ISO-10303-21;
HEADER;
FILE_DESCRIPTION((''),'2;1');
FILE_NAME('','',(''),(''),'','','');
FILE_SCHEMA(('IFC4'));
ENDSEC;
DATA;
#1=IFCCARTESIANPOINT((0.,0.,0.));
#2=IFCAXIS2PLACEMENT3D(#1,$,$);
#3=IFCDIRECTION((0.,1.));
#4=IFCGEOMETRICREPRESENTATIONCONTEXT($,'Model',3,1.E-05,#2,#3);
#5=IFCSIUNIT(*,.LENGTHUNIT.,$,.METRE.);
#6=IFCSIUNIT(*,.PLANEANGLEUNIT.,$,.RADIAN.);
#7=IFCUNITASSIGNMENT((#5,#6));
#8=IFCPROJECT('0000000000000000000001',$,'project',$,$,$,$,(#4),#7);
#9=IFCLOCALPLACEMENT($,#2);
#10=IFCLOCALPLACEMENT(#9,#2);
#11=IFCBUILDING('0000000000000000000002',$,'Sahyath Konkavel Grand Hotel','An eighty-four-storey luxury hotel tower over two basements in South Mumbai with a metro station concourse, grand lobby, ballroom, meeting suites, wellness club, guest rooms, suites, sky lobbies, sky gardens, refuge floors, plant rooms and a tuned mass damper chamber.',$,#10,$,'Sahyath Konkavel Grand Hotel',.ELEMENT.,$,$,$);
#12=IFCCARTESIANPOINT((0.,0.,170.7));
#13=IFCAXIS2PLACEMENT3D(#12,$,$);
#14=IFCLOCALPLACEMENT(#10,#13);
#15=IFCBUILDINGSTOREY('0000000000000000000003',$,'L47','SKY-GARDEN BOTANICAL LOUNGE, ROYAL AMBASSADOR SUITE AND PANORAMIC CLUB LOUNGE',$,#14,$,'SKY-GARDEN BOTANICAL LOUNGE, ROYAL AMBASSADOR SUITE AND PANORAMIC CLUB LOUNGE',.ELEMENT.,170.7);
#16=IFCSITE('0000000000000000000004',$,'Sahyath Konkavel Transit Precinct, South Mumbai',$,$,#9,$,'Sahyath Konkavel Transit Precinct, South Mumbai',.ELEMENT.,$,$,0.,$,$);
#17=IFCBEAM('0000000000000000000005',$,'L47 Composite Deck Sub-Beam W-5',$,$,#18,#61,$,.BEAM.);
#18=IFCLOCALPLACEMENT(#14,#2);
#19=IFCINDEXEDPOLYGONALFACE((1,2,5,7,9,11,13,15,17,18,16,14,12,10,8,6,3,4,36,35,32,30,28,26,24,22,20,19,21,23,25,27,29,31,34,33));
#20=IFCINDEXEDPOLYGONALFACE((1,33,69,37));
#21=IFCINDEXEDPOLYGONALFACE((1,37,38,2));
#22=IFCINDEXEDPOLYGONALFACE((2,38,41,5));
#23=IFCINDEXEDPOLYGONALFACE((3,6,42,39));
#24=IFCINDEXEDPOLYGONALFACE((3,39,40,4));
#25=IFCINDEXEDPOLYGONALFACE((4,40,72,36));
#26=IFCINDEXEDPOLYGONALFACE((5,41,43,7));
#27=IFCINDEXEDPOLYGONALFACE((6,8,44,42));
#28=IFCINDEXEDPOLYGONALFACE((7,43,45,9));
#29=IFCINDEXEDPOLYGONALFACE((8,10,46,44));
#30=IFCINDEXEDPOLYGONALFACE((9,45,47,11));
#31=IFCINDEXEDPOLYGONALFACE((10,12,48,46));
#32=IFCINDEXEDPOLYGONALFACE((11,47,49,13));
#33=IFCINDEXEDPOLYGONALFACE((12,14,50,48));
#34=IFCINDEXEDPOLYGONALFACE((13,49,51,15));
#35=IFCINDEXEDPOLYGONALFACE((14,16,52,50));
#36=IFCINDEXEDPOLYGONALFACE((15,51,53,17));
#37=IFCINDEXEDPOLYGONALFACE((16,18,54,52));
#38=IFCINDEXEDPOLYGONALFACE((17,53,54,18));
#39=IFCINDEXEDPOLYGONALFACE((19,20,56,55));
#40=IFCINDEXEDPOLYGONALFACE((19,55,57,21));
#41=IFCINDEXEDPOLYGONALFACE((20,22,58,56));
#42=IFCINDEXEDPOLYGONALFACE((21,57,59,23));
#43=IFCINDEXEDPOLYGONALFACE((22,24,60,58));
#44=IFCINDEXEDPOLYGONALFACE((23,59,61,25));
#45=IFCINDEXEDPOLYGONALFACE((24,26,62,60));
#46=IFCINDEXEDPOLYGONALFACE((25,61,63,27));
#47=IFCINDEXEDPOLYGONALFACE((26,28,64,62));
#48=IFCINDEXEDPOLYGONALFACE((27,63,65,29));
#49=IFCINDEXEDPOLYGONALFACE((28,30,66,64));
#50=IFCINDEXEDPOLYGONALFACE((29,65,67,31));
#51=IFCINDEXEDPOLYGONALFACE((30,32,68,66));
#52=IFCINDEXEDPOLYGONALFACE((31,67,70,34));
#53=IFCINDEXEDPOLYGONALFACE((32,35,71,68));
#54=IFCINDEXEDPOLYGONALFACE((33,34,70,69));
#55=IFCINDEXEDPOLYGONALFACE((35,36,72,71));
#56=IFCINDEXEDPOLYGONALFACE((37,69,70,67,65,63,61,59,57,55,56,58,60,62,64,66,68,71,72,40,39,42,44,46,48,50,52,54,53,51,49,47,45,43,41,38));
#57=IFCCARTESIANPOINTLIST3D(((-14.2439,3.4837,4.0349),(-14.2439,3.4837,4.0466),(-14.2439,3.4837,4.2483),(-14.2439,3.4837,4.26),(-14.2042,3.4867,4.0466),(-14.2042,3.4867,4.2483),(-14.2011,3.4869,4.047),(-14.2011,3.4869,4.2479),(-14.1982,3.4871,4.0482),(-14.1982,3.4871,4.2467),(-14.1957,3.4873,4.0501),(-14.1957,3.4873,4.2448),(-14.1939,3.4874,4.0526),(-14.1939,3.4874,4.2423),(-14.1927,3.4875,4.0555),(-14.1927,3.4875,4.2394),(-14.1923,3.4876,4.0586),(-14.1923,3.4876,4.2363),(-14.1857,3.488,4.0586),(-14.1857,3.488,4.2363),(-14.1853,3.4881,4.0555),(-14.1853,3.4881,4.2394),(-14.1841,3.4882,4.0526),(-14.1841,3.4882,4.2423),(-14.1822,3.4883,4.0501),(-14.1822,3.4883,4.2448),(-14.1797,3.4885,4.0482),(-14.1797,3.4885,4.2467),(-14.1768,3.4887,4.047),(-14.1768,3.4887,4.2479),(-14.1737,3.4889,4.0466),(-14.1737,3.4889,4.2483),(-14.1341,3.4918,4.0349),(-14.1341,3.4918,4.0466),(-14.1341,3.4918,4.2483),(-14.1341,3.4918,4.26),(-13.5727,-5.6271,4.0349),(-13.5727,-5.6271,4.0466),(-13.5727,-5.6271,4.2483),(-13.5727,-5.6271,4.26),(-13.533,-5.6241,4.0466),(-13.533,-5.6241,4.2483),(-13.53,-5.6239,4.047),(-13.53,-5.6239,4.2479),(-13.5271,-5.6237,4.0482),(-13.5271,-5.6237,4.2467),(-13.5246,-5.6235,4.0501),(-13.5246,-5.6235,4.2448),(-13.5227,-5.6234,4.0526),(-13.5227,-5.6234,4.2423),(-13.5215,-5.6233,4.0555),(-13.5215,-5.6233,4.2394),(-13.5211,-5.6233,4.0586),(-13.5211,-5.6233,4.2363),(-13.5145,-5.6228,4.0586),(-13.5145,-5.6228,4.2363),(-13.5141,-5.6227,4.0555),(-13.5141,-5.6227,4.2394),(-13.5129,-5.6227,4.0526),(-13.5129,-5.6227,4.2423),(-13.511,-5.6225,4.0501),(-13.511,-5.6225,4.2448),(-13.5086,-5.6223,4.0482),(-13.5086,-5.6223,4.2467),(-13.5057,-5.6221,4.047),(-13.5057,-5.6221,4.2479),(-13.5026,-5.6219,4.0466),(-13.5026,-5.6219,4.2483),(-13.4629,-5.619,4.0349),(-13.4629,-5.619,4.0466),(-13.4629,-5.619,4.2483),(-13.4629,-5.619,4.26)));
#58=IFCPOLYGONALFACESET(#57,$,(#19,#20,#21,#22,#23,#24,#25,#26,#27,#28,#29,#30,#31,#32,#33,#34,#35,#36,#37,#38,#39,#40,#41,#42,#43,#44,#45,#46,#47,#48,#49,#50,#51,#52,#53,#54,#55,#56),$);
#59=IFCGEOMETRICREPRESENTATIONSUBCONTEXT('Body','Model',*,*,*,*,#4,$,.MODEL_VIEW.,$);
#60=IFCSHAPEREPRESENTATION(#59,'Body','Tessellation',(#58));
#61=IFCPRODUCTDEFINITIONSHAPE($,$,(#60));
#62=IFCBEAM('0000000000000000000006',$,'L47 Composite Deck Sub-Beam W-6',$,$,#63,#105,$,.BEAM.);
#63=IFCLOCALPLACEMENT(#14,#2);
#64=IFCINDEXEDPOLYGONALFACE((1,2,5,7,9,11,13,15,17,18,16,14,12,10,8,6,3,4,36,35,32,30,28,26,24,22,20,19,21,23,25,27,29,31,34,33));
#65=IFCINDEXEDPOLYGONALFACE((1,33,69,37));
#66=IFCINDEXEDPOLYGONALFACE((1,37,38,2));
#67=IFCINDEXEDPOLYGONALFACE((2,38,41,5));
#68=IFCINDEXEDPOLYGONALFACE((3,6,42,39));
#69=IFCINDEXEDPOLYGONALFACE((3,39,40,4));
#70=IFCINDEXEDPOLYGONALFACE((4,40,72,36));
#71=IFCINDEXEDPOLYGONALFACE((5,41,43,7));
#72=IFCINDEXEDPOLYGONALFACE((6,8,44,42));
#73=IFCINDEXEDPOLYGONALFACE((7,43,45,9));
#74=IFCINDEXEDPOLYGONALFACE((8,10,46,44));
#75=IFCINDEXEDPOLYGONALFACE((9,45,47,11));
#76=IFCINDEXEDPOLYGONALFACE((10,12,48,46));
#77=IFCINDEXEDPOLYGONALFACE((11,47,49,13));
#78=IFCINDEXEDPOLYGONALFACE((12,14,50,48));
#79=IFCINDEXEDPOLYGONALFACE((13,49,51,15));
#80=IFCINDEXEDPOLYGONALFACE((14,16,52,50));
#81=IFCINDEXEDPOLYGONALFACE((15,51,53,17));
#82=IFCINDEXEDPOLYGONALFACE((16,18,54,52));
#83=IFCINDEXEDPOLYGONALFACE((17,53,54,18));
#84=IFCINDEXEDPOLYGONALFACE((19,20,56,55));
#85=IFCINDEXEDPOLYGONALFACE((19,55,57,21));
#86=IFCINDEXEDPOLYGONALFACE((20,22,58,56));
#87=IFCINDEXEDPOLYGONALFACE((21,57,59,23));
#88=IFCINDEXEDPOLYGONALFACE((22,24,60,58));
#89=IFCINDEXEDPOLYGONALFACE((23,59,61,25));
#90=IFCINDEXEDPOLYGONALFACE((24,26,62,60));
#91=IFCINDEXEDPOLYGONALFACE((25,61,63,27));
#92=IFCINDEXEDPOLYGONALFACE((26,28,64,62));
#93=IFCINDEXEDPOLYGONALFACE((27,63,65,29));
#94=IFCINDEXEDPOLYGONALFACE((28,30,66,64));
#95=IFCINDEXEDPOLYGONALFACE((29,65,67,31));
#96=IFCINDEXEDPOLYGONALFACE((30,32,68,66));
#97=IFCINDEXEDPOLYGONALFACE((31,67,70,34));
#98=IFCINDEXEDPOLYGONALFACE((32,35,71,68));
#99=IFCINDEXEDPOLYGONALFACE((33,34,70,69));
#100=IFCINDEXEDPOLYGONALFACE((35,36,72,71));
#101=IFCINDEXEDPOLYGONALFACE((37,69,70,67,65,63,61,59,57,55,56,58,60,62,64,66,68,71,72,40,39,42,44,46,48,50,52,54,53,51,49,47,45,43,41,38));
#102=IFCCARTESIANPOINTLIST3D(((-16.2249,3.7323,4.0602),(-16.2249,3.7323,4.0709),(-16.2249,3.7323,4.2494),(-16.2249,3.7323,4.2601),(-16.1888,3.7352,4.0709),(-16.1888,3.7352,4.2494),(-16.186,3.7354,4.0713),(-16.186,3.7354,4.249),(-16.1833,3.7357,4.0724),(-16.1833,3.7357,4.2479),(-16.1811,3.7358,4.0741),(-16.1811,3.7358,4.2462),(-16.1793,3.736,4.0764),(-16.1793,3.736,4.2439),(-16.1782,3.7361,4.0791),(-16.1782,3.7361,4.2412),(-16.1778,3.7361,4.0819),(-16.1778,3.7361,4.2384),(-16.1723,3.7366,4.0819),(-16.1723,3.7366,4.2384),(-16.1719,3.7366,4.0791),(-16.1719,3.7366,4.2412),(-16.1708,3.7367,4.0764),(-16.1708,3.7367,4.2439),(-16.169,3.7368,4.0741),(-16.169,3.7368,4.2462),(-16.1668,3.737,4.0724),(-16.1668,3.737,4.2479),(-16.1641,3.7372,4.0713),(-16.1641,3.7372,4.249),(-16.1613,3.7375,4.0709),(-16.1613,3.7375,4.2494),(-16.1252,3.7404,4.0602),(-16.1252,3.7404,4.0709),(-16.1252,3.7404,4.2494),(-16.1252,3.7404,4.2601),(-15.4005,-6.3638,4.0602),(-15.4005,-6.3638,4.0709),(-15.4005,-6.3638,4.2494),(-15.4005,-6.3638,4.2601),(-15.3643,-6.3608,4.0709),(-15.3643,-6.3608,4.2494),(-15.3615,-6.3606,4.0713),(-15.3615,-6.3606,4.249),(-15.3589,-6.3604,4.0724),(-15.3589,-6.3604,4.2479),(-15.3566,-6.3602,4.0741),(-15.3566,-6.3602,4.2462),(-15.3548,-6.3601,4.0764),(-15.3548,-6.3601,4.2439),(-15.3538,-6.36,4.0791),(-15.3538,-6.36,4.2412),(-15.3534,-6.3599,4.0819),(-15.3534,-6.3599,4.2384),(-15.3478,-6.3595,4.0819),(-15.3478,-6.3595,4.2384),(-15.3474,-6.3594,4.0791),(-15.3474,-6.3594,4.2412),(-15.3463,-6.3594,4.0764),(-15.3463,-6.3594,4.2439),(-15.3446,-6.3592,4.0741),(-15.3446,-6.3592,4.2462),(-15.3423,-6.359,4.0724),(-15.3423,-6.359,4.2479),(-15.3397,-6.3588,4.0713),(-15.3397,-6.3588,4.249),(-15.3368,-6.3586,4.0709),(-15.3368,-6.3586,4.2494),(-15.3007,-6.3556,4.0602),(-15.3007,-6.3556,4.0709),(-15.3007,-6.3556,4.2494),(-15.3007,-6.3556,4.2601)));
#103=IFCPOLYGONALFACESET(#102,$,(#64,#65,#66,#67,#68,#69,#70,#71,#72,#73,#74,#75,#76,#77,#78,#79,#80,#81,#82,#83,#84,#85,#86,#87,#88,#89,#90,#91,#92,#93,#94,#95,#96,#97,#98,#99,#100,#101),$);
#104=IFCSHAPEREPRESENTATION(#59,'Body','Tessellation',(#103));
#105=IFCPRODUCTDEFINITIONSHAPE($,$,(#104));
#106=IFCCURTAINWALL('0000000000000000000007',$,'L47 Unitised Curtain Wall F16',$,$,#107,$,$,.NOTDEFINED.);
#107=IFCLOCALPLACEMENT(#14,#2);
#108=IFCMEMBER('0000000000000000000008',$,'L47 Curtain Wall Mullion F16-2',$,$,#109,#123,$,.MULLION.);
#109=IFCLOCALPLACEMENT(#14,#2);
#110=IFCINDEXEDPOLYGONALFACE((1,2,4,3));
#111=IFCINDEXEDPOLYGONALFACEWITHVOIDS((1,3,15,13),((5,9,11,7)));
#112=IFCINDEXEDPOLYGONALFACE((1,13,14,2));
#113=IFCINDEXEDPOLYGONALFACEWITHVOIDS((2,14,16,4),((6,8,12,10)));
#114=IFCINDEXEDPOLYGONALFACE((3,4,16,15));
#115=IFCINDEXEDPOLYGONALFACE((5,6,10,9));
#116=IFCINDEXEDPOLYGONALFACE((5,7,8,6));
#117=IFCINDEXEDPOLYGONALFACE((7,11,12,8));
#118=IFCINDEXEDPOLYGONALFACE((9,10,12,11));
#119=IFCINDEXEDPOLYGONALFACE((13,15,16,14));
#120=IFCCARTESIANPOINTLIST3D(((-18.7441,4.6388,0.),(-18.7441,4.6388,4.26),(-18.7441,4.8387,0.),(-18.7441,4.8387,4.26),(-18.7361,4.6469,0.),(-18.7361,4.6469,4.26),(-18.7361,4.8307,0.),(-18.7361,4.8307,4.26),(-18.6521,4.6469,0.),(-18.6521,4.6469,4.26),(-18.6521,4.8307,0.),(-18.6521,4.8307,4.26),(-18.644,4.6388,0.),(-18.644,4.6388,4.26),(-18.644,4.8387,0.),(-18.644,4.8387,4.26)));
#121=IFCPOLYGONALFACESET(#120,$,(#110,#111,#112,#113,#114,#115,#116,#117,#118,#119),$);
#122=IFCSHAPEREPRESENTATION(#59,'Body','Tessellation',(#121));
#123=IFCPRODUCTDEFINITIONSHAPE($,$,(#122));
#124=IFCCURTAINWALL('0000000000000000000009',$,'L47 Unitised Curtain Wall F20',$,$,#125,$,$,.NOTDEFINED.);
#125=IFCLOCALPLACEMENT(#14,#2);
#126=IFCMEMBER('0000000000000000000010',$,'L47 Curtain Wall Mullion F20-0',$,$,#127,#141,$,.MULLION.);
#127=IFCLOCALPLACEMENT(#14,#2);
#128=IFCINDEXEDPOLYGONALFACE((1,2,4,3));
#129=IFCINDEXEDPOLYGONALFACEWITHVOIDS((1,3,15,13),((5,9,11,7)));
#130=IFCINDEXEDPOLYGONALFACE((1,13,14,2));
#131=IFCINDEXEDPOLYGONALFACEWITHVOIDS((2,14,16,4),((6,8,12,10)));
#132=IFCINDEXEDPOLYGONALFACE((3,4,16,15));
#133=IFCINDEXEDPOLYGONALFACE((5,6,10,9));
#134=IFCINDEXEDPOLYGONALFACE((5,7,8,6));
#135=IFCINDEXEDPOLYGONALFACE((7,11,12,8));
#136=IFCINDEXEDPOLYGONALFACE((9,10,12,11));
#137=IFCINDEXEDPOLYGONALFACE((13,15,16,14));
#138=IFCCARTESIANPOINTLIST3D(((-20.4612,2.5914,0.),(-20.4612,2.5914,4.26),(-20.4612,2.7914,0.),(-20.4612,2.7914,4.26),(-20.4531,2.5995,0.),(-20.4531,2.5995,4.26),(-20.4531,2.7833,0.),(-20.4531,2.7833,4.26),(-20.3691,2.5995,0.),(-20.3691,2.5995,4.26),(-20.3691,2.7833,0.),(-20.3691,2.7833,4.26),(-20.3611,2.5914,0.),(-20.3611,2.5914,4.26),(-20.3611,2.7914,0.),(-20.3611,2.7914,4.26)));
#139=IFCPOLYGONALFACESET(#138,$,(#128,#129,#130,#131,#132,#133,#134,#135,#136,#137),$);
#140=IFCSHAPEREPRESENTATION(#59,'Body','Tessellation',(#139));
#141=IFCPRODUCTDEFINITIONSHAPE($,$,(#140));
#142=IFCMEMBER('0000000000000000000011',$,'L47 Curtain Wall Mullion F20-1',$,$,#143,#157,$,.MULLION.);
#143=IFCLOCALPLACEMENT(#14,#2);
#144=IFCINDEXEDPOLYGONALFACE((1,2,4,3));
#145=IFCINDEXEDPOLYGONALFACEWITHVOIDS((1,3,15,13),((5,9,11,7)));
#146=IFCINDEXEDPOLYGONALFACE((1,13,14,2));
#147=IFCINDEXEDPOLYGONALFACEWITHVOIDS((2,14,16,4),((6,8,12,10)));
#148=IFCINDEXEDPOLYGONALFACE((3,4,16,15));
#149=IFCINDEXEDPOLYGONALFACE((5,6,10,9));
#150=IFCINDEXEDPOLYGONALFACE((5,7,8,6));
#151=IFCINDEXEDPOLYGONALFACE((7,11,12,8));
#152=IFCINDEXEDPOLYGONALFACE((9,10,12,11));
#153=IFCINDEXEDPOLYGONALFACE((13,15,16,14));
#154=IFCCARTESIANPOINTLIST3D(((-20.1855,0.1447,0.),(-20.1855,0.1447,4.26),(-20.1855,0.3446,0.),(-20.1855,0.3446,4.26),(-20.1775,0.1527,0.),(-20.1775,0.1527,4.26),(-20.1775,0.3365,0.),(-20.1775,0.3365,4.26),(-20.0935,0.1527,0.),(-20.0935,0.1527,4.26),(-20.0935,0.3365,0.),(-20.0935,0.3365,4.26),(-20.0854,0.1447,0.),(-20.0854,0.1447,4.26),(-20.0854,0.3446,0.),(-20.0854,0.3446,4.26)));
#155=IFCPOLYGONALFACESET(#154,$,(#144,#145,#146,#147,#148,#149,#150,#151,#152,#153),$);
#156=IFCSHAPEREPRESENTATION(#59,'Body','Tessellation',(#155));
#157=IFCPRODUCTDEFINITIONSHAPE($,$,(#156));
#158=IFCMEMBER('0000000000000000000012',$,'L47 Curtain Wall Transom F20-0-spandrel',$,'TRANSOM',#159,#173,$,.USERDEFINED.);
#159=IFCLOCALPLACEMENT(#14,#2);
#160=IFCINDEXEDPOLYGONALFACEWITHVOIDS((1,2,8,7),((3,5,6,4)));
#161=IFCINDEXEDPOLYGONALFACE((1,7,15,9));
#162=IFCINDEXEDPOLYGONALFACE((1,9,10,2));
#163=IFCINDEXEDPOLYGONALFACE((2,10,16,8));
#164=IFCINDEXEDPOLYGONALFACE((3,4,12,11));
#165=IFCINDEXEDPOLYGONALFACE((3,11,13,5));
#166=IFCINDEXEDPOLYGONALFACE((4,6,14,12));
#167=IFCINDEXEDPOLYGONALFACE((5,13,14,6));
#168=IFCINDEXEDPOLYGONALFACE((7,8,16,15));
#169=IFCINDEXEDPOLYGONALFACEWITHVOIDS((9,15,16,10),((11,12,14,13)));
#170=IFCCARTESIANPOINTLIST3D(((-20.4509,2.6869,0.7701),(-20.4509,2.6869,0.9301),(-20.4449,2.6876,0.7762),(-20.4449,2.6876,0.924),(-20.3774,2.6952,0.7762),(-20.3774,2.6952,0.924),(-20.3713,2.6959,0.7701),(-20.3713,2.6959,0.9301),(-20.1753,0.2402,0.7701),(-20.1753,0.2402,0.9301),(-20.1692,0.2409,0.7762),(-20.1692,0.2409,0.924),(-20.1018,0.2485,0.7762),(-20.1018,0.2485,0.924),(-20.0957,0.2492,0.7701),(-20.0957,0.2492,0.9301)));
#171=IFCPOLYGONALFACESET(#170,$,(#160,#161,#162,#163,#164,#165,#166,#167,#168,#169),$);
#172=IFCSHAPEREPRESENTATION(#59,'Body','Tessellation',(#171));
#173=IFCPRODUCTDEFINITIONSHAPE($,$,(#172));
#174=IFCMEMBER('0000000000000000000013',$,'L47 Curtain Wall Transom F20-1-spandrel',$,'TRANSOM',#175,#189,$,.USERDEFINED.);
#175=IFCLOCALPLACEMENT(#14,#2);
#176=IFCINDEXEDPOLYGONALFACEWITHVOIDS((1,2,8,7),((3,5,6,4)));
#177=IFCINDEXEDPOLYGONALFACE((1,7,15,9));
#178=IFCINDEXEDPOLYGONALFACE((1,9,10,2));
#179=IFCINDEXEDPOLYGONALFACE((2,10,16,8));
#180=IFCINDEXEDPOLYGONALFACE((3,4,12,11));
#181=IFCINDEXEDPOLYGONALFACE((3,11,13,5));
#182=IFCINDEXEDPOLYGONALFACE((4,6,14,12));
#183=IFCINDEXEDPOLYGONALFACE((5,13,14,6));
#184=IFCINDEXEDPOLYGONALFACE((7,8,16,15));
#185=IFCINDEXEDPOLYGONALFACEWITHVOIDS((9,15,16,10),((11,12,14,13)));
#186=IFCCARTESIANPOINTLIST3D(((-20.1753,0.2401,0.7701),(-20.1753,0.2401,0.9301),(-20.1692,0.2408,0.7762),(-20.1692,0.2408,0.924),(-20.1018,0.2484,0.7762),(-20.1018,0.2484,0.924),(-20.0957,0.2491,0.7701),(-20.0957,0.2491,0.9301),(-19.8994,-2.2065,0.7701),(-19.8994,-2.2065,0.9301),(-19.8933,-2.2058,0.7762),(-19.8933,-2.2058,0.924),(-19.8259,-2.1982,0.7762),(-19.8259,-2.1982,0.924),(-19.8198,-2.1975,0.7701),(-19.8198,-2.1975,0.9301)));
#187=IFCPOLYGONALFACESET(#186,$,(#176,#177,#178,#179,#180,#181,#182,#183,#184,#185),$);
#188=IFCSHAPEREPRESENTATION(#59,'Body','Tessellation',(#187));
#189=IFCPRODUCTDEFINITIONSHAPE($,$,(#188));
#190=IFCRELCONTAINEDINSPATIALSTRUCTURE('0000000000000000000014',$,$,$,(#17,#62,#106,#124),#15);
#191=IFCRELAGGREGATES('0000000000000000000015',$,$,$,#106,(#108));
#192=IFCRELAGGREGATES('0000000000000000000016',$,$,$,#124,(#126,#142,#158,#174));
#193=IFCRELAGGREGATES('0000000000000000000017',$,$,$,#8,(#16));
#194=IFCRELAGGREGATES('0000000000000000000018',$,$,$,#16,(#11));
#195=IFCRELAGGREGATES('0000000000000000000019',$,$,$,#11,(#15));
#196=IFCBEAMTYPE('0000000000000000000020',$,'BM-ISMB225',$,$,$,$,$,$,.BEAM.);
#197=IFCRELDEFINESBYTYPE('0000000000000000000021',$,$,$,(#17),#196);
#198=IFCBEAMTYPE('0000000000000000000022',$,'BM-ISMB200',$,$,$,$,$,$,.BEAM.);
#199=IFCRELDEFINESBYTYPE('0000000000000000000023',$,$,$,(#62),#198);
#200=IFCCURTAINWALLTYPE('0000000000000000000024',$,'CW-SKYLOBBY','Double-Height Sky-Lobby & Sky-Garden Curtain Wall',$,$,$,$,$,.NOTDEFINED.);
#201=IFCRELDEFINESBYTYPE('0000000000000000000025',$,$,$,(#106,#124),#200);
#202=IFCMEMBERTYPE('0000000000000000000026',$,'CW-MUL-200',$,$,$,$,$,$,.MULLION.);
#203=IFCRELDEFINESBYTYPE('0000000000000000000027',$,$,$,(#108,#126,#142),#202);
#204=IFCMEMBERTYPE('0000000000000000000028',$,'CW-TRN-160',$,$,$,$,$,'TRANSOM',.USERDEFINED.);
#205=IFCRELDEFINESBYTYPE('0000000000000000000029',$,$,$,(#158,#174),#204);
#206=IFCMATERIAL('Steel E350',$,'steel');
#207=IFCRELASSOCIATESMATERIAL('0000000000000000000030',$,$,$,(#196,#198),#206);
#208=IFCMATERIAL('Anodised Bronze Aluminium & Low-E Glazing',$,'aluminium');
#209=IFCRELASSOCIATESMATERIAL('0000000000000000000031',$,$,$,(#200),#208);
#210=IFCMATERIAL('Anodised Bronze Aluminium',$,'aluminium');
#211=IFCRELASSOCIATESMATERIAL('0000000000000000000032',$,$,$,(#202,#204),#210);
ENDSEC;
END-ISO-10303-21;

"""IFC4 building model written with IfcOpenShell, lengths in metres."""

from ifc_helpers import new_model, si_unit, direction, frame, origin, origin_2d, place, context, subcontext, project, spatial, hollow_rectangle, i_section, extrude, source, transform, mapped, material, material_profile, profile_set, type_object, element, aggregate, save


model = new_model("IFC4")

# Units and contexts
model_context = context("Model", 3, precision=1e-05, world=origin(), true_north=direction((0.0, 1.0)))
body_context = subcontext(model_context, "Body", "Model", "MODEL_VIEW")
ifc_project = project(units=[si_unit("LENGTHUNIT", "METRE"), si_unit("PLANEANGLEUNIT", "RADIAN")], contexts=[model_context])

# Site, building, storey
site_placement = place(None, origin())
site = spatial("IfcSite", under=ifc_project, at=site_placement, Name="Sahyath Konkavel Transit Precinct, South Mumbai", LongName="Sahyath Konkavel Transit Precinct, South Mumbai", CompositionType="ELEMENT", RefElevation=0.0)
building_placement = place(site_placement, origin())
building = spatial("IfcBuilding", under=site, at=building_placement, Name="Sahyath Konkavel Grand Hotel", Description="An eighty-four-storey luxury hotel tower over two basements in South Mumbai with a metro station concourse, grand lobby, ballroom, meeting suites, wellness club, guest rooms, suites, sky lobbies, sky gardens, refuge floors, plant rooms and a tuned mass damper chamber.", LongName="Sahyath Konkavel Grand Hotel", CompositionType="ELEMENT")
storey_placement = place(building_placement, frame((0.0, 0.0, 170.7)))
storey = spatial("IfcBuildingStorey", under=building, at=storey_placement, Name="L47", Description="SKY-GARDEN BOTANICAL LOUNGE, ROYAL AMBASSADOR SUITE AND PANORAMIC CLUB LOUNGE", LongName="SKY-GARDEN BOTANICAL LOUNGE, ROYAL AMBASSADOR SUITE AND PANORAMIC CLUB LOUNGE", CompositionType="ELEMENT", Elevation=170.7)

# Beams
ifc_material_1 = material(Name="Steel E350", Category="steel")
ifc_material_profile_1 = material_profile(ifc_material_1, i_section(OverallWidth=0.1101, OverallDepth=0.2251, WebThickness=0.0066, FlangeThickness=0.0117, FilletRadius=0.012, at=origin_2d()), Name="ISMB 225")
ifc_profile_set_1 = profile_set([ifc_material_profile_1], Name="Steel E350")
beam_type_1 = type_object("IfcBeamType", Name="BM-ISMB225", PredefinedType="BEAM", material=ifc_profile_set_1)
shared_shape_1 = source(origin(), body_context, "Body", "SweptSolid", [
    extrude(i_section(OverallWidth=0.1101, OverallDepth=0.2251, WebThickness=0.0066, FlangeThickness=0.0117, FilletRadius=0.012, at=origin_2d()), origin(), (0.0, 0.0, 1.0), 9.1355),
])
beam_1_placement = place(storey_placement, frame((-14.189, 3.4878, 4.1475), z_axis=(0.073465, -0.997298, 0.0), x_axis=(0.997298, 0.073465, 0.0)))
element("IfcBeam", 1, at=beam_1_placement, inside=storey, type_object=beam_type_1, Name="L47 Composite Deck Sub-Beam W-5", PredefinedType="BEAM", context=body_context, shape_type="MappedRepresentation", body=[
    mapped(shared_shape_1, transform((0.0, 0.0, 0.0), scale=1.0)),
])
ifc_material_profile_2 = material_profile(ifc_material_1, i_section(OverallWidth=0.1001, OverallDepth=0.2, WebThickness=0.0056, FlangeThickness=0.0107, FilletRadius=0.011, at=origin_2d()), Name="ISMB 200")
ifc_profile_set_2 = profile_set([ifc_material_profile_2], Name="Steel E350")
beam_type_2 = type_object("IfcBeamType", Name="BM-ISMB200", PredefinedType="BEAM", material=ifc_profile_set_2)
shared_shape_2 = source(origin(), body_context, "Body", "SweptSolid", [
    extrude(i_section(OverallWidth=0.1001, OverallDepth=0.2, WebThickness=0.0056, FlangeThickness=0.0107, FilletRadius=0.011, at=origin_2d()), origin(), (0.0, 0.0, 1.0), 10.1296),
])
beam_2_placement = place(storey_placement, frame((-16.175, 3.7363, 4.1602), z_axis=(0.081392, -0.996682, 0.0), x_axis=(0.996682, 0.081392, 0.0)))
element("IfcBeam", 2, at=beam_2_placement, inside=storey, type_object=beam_type_2, Name="L47 Composite Deck Sub-Beam W-6", PredefinedType="BEAM", context=body_context, shape_type="MappedRepresentation", body=[
    mapped(shared_shape_2, transform((0.0, 0.0, 0.0), scale=1.0)),
])

# Curtain wall, member
ifc_material_2 = material(Name="Anodised Bronze Aluminium & Low-E Glazing", Category="aluminium")
curtain_wall_type = type_object("IfcCurtainWallType", Name="CW-SKYLOBBY", Description="Double-Height Sky-Lobby & Sky-Garden Curtain Wall", PredefinedType="NOTDEFINED", material=ifc_material_2)
curtain_wall_1_placement = place(storey_placement, origin())
curtain_wall_1 = element("IfcCurtainWall", 3, at=curtain_wall_1_placement, inside=storey, type_object=curtain_wall_type, Name="L47 Unitised Curtain Wall F16", PredefinedType="NOTDEFINED")
ifc_material_3 = material(Name="Anodised Bronze Aluminium", Category="aluminium")
ifc_material_profile_3 = material_profile(ifc_material_3, hollow_rectangle(XDim=0.1001, YDim=0.2, WallThickness=0.0081, at=origin_2d()), Name="RHS 200x100x8")
ifc_profile_set_3 = profile_set([ifc_material_profile_3], Name="Anodised Bronze Aluminium")
member_type_1 = type_object("IfcMemberType", Name="CW-MUL-200", PredefinedType="MULLION", material=ifc_profile_set_3)
shared_shape_3 = source(origin(), body_context, "Body", "SweptSolid", [
    extrude(hollow_rectangle(XDim=0.1001, YDim=0.2, WallThickness=0.0081, at=origin_2d()), origin(), (0.0, 0.0, 1.0), 4.26),
])
member_1_placement = place(storey_placement, frame((-18.6941, 4.7388, 0.0), z_axis=(0.0, 0.0, 1.0), x_axis=(1.0, 0.0, 0.0)))
member_1 = element("IfcMember", 4, at=member_1_placement, type_object=member_type_1, Name="L47 Curtain Wall Mullion F16-2", PredefinedType="MULLION", context=body_context, shape_type="MappedRepresentation", body=[
    mapped(shared_shape_3, transform((0.0, 0.0, 0.0), scale=1.0)),
])

# Curtain wall, members
curtain_wall_2_placement = place(storey_placement, origin())
curtain_wall_2 = element("IfcCurtainWall", 5, at=curtain_wall_2_placement, inside=storey, type_object=curtain_wall_type, Name="L47 Unitised Curtain Wall F20", PredefinedType="NOTDEFINED")
member_2_placement = place(storey_placement, frame((-20.4111, 2.6914, 0.0), z_axis=(0.0, 0.0, 1.0), x_axis=(1.0, 0.0, 0.0)))
member_2 = element("IfcMember", 6, at=member_2_placement, type_object=member_type_1, Name="L47 Curtain Wall Mullion F20-0", PredefinedType="MULLION", context=body_context, shape_type="MappedRepresentation", body=[
    mapped(shared_shape_3, transform((0.0, 0.0, 0.0), scale=1.0)),
])
member_3_placement = place(storey_placement, frame((-20.1355, 0.2446, 0.0), z_axis=(0.0, 0.0, 1.0), x_axis=(1.0, 0.0, 0.0)))
member_3 = element("IfcMember", 7, at=member_3_placement, type_object=member_type_1, Name="L47 Curtain Wall Mullion F20-1", PredefinedType="MULLION", context=body_context, shape_type="MappedRepresentation", body=[
    mapped(shared_shape_3, transform((0.0, 0.0, 0.0), scale=1.0)),
])
ifc_material_profile_4 = material_profile(ifc_material_3, hollow_rectangle(XDim=0.0801, YDim=0.1599, WallThickness=0.0061, at=origin_2d()), Name="RHS 160x80x6")
ifc_profile_set_4 = profile_set([ifc_material_profile_4], Name="Anodised Bronze Aluminium")
member_type_2 = type_object("IfcMemberType", Name="CW-TRN-160", ElementType="TRANSOM", PredefinedType="USERDEFINED", material=ifc_profile_set_4)
shared_shape_4 = source(origin(), body_context, "Body", "SweptSolid", [
    extrude(hollow_rectangle(XDim=0.0801, YDim=0.1599, WallThickness=0.0061, at=origin_2d()), origin(), (0.0, 0.0, 1.0), 2.4622),
])
member_4_placement = place(storey_placement, frame((-20.4111, 2.6914, 0.8501), z_axis=(0.111944, -0.993715, 0.0), x_axis=(0.993715, 0.111944, 0.0)))
member_4 = element("IfcMember", 8, at=member_4_placement, type_object=member_type_2, Name="L47 Curtain Wall Transom F20-0-spandrel", ObjectType="TRANSOM", PredefinedType="USERDEFINED", context=body_context, shape_type="MappedRepresentation", body=[
    mapped(shared_shape_4, transform((0.0, 0.0, 0.0), scale=1.0)),
])
member_5_placement = place(storey_placement, frame((-20.1355, 0.2446, 0.8501), z_axis=(0.112053, -0.993702, 0.0), x_axis=(0.993702, 0.112053, 0.0)))
member_5 = element("IfcMember", 9, at=member_5_placement, type_object=member_type_2, Name="L47 Curtain Wall Transom F20-1-spandrel", ObjectType="TRANSOM", PredefinedType="USERDEFINED", context=body_context, shape_type="MappedRepresentation", body=[
    mapped(shared_shape_4, transform((0.0, 0.0, 0.0), scale=1.0)),
])

aggregate(curtain_wall_1, [member_1])
aggregate(curtain_wall_2, [member_2, member_3, member_4, member_5])

save(model, "model.ifc")
